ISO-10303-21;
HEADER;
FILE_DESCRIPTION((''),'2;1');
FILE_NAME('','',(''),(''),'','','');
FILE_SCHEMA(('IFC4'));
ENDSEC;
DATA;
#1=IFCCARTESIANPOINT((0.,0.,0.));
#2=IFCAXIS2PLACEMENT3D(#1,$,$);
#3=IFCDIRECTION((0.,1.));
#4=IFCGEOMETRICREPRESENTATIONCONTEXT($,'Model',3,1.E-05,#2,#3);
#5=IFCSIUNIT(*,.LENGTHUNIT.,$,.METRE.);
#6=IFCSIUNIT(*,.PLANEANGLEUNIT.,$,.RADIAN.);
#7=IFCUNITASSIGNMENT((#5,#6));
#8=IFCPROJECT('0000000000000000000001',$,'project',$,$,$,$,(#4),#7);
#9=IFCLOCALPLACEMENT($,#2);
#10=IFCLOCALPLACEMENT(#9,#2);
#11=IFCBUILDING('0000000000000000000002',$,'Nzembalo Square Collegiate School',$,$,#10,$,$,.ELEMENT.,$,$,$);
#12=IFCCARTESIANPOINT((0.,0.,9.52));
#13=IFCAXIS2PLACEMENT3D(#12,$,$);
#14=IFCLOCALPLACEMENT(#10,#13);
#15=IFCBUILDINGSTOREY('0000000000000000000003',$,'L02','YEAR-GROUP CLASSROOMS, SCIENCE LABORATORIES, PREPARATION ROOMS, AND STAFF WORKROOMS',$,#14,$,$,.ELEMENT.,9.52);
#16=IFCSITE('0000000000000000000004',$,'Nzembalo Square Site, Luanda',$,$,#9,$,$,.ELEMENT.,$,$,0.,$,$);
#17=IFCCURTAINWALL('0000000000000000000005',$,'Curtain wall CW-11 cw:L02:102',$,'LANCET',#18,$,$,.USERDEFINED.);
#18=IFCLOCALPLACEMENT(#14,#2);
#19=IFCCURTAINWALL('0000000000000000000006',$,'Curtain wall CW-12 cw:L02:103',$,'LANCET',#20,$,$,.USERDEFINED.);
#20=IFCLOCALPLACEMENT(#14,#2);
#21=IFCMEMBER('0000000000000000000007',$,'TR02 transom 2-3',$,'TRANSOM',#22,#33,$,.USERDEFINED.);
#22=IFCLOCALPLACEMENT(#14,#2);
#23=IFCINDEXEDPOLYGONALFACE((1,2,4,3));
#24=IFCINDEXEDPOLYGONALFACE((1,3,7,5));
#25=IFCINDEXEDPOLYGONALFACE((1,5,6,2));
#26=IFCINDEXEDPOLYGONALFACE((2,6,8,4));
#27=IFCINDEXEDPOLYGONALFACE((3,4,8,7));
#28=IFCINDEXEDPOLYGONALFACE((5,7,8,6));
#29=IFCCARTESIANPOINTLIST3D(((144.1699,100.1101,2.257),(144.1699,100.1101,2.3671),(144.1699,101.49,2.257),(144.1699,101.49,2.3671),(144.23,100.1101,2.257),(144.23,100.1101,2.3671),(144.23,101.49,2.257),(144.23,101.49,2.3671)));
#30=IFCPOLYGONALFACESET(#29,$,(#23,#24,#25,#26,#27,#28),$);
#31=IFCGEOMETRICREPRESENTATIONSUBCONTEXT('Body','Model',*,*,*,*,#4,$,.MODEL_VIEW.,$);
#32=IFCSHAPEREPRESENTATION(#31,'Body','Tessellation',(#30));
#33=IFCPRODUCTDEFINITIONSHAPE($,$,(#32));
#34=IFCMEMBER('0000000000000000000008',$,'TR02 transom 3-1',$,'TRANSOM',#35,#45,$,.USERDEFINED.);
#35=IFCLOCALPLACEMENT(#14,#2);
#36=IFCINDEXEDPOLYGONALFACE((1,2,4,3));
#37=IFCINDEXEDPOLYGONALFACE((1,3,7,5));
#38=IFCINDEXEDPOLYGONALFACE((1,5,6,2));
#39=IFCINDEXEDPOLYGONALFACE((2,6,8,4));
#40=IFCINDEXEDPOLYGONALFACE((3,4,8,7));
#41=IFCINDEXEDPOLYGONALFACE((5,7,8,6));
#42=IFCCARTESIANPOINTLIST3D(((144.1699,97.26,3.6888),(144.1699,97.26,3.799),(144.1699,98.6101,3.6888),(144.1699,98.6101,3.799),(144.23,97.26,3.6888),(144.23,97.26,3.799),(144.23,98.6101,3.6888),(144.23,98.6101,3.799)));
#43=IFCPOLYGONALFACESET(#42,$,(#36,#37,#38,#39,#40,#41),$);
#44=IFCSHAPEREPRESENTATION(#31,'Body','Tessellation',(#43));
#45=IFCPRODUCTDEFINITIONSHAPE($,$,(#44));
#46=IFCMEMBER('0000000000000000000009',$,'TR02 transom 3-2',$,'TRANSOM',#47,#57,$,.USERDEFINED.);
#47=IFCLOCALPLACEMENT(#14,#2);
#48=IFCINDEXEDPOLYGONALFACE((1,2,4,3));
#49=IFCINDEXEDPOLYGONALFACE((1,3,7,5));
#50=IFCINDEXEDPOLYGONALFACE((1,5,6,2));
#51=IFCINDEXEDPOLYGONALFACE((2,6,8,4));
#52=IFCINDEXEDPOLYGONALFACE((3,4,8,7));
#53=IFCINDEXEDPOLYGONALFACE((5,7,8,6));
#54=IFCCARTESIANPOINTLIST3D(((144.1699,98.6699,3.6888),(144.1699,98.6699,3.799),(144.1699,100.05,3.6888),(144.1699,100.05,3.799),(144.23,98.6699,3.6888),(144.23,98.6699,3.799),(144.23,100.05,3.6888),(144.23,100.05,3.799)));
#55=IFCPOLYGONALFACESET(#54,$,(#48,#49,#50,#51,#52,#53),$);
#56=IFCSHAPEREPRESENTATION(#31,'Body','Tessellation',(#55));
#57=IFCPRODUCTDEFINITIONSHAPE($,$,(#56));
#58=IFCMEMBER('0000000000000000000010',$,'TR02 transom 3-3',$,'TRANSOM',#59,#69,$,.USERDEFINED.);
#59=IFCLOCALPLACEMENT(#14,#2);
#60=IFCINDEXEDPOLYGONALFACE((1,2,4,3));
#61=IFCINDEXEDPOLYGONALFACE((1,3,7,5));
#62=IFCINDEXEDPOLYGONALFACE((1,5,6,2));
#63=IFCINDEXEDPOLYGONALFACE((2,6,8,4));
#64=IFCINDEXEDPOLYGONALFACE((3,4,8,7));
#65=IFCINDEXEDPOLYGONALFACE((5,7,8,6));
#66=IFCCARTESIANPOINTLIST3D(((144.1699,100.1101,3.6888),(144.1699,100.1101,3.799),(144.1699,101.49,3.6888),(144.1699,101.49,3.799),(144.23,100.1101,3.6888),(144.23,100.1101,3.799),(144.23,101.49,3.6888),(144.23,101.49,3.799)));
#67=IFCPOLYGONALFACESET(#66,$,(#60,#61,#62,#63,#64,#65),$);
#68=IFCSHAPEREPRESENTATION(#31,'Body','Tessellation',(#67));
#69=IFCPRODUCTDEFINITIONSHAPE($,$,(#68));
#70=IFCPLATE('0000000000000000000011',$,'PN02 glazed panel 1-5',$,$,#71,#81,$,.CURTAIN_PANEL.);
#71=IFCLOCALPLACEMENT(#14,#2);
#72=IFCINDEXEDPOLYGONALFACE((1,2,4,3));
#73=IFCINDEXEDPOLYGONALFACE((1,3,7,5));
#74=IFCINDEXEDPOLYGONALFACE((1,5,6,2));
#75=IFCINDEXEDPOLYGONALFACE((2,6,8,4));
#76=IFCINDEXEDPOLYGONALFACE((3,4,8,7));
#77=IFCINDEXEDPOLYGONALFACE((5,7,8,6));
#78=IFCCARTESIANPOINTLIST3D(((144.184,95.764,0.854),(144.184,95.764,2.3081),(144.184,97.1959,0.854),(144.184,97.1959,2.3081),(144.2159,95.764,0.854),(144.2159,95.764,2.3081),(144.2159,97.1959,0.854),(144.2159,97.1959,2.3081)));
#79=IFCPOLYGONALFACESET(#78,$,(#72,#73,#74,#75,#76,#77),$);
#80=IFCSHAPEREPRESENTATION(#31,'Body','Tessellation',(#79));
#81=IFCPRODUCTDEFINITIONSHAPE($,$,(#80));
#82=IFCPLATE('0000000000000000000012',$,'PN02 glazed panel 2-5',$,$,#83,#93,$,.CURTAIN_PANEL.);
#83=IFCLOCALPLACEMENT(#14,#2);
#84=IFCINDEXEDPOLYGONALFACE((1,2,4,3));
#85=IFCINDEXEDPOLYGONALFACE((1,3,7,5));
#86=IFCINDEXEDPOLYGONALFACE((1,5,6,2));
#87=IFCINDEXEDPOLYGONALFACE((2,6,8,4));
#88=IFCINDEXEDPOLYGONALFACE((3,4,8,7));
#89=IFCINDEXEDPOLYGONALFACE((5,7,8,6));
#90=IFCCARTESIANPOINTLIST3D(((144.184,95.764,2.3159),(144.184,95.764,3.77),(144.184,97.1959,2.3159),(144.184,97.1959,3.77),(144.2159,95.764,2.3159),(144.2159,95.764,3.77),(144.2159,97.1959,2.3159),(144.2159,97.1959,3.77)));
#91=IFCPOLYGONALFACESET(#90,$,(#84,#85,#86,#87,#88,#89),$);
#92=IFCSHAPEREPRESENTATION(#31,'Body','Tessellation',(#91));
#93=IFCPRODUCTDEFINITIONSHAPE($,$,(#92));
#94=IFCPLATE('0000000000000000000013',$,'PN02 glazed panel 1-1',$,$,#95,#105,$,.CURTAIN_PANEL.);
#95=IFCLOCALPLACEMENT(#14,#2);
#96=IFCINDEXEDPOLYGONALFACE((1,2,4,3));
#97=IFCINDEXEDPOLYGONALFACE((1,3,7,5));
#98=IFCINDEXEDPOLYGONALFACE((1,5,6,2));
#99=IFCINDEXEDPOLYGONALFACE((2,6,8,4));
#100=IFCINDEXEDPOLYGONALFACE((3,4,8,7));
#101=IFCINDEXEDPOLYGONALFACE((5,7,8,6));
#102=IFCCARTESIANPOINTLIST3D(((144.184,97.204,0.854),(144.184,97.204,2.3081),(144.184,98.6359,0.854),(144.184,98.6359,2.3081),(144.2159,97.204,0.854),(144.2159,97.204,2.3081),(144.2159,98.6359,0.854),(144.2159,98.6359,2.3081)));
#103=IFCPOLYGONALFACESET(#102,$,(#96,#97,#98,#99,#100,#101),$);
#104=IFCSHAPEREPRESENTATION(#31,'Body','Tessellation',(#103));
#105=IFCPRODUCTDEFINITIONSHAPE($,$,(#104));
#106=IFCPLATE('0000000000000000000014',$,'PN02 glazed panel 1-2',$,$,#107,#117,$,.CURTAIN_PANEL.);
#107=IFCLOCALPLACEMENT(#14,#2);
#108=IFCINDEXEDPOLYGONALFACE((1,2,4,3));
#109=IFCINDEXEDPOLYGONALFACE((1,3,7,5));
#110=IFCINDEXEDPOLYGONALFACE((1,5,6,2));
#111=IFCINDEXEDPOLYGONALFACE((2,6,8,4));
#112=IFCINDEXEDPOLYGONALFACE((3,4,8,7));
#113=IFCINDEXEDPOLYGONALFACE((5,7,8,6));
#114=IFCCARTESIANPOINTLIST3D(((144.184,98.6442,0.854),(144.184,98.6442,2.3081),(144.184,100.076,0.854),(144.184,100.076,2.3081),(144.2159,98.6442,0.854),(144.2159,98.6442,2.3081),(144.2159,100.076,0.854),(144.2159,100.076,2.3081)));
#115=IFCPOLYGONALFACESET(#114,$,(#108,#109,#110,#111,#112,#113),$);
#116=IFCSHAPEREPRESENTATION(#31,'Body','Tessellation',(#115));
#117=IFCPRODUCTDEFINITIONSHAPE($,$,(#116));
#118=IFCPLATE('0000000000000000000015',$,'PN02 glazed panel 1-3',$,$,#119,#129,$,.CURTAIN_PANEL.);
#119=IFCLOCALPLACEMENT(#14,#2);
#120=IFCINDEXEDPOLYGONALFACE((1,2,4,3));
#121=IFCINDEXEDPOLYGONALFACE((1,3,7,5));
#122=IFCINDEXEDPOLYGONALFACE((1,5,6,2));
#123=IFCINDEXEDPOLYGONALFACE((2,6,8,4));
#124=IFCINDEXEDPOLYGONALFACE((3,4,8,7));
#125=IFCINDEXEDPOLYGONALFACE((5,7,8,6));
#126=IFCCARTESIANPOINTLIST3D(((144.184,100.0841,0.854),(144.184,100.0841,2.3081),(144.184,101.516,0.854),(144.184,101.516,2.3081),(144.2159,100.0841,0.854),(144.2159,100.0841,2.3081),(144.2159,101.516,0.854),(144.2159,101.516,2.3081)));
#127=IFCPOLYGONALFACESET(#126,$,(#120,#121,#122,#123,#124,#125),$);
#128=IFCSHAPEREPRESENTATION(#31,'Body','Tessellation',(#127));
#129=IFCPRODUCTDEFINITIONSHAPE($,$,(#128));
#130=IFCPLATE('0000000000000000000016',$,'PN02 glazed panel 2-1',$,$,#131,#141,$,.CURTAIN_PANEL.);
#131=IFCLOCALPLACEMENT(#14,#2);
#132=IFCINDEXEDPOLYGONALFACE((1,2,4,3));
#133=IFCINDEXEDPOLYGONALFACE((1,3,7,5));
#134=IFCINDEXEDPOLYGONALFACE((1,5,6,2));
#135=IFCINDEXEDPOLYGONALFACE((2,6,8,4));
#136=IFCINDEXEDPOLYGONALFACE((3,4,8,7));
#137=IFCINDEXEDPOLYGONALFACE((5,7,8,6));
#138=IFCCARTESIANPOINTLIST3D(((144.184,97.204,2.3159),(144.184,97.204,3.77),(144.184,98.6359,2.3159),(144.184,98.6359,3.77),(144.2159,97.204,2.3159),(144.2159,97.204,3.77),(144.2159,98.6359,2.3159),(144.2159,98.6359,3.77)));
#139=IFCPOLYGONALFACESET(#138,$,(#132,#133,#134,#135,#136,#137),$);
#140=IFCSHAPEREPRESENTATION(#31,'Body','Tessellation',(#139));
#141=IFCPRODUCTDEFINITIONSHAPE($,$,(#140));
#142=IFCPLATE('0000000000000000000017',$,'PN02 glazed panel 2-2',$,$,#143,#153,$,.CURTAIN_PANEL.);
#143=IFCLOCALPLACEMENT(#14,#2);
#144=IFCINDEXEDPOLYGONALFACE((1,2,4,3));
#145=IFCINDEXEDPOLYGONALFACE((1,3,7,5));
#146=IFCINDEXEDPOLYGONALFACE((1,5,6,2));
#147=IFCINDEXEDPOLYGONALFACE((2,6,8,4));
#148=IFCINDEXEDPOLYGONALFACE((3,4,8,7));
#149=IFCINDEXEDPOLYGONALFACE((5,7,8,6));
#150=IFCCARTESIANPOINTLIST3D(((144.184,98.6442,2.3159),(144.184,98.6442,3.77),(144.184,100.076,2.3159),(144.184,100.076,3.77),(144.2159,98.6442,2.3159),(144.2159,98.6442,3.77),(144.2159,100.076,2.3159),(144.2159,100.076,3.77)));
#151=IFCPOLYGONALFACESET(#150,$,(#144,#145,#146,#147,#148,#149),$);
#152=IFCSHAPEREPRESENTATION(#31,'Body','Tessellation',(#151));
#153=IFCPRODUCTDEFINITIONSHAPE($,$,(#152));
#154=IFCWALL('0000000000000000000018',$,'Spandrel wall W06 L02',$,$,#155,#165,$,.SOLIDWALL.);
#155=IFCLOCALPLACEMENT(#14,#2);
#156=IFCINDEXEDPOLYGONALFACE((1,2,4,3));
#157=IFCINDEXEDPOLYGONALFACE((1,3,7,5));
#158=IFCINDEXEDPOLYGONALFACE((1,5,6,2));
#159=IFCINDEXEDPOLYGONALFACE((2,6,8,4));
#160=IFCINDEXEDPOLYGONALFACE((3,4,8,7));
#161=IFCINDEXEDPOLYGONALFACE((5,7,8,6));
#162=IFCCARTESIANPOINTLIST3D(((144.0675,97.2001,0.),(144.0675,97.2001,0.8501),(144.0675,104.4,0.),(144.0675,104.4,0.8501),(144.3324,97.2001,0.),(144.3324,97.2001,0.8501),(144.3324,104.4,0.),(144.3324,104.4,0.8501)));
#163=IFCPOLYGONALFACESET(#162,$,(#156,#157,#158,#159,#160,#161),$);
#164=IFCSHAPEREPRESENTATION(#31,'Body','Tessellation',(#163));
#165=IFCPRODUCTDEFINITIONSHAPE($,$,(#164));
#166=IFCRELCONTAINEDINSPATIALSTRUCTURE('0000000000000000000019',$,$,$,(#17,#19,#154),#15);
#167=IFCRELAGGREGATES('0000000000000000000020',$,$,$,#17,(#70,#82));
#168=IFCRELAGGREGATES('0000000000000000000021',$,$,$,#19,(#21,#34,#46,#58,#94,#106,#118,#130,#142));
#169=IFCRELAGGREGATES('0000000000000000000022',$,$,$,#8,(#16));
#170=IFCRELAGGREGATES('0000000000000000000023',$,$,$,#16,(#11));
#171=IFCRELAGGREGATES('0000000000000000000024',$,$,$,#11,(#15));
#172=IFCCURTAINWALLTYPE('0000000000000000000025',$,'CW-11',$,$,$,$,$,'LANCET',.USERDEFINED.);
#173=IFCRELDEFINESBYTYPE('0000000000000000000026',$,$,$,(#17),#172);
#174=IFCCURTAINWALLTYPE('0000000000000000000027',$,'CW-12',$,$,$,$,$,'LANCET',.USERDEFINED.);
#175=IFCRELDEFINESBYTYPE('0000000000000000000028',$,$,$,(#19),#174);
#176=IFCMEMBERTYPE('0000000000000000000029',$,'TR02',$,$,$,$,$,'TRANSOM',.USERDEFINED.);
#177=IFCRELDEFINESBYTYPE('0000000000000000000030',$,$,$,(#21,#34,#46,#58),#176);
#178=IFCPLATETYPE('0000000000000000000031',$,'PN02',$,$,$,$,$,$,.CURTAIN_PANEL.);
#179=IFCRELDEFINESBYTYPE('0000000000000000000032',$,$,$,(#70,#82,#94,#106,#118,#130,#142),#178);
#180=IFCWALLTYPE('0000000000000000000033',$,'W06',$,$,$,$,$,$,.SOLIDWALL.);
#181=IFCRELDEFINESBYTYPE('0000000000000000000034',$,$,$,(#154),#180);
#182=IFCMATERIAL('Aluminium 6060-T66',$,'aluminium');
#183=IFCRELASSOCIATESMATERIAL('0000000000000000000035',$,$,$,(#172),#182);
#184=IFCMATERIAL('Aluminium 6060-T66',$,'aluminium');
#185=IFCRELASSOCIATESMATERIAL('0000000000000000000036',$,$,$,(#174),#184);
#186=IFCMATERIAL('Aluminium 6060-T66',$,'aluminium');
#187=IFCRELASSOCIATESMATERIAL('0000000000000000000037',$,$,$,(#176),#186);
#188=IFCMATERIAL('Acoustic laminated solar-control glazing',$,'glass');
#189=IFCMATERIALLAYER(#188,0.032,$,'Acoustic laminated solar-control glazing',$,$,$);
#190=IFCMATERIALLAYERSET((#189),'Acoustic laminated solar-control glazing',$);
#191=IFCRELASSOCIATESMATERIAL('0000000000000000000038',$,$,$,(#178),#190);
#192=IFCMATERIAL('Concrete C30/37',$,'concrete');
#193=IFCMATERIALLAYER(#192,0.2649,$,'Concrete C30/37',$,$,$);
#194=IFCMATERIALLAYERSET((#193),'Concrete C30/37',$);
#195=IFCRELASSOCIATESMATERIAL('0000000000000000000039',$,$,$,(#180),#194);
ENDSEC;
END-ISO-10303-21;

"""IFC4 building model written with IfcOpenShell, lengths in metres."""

from ifc_helpers import new_model, si_unit, direction, frame, frame_2d, origin, origin_2d, place, context, subcontext, project, spatial, rectangle, extrude, material, layer, layer_set, material_profile, profile_set, type_object, element, aggregate, save


model = new_model("IFC4")

# Units and contexts
model_context = context("Model", 3, precision=1e-05, world=origin(), true_north=direction((0.0, 1.0)))
body_context = subcontext(model_context, "Body", "Model", "MODEL_VIEW")
ifc_project = project(units=[si_unit("LENGTHUNIT", "METRE"), si_unit("PLANEANGLEUNIT", "RADIAN")], contexts=[model_context])

# Site, building, storey
site_placement = place(None, origin())
site = spatial("IfcSite", under=ifc_project, at=site_placement, Name="Nzembalo Square Site, Luanda", CompositionType="ELEMENT", RefElevation=0.0)
building_placement = place(site_placement, origin())
building = spatial("IfcBuilding", under=site, at=building_placement, Name="Nzembalo Square Collegiate School", CompositionType="ELEMENT")
storey_placement = place(building_placement, frame((0.0, 0.0, 9.52)))
storey = spatial("IfcBuildingStorey", under=building, at=storey_placement, Name="L02", Description="YEAR-GROUP CLASSROOMS, SCIENCE LABORATORIES, PREPARATION ROOMS, AND STAFF WORKROOMS", CompositionType="ELEMENT", Elevation=9.52)

# Curtain wall
ifc_material_1 = material(Name="Aluminium 6060-T66", Category="aluminium")
curtain_wall_type_1 = type_object("IfcCurtainWallType", Name="CW-11", ElementType="LANCET", PredefinedType="USERDEFINED", material=ifc_material_1)
curtain_wall_1_placement = place(storey_placement, origin())
curtain_wall_1 = element("IfcCurtainWall", 1, at=curtain_wall_1_placement, inside=storey, type_object=curtain_wall_type_1, Name="Curtain wall CW-11 cw:L02:102", ObjectType="LANCET", PredefinedType="USERDEFINED")

# Curtain wall
ifc_material_2 = material(Name="Aluminium 6060-T66", Category="aluminium")
curtain_wall_type_2 = type_object("IfcCurtainWallType", Name="CW-12", ElementType="LANCET", PredefinedType="USERDEFINED", material=ifc_material_2)
curtain_wall_2_placement = place(storey_placement, origin())
curtain_wall_2 = element("IfcCurtainWall", 2, at=curtain_wall_2_placement, inside=storey, type_object=curtain_wall_type_2, Name="Curtain wall CW-12 cw:L02:103", ObjectType="LANCET", PredefinedType="USERDEFINED")

# Members
ifc_material_3 = material(Name="Aluminium 6060-T66", Category="aluminium")
ifc_material_profile_1 = material_profile(ifc_material_3, rectangle(XDim=0.0601, YDim=0.1101, at=origin_2d()), Name="ALU T60x110")
ifc_profile_set_1 = profile_set([ifc_material_profile_1], Name="Aluminium 6060-T66")
member_type_1 = type_object("IfcMemberType", Name="TR02", ElementType="TRANSOM", PredefinedType="USERDEFINED", material=ifc_profile_set_1)
member_1_placement = place(storey_placement, frame((144.2, 100.1101, 2.312), z_axis=(0.0, 1.0, 0.0), x_axis=(-1.0, 0.0, 0.0)))
member_1 = element("IfcMember", 3, at=member_1_placement, type_object=member_type_1, Name="TR02 transom 2-3", ObjectType="TRANSOM", PredefinedType="USERDEFINED", context=body_context, shape_type="SweptSolid", body=[
    extrude(rectangle(XDim=0.0601, YDim=0.1101, at=origin_2d()), origin(), (0.0, 0.0, 1.0), 1.3799),
])
member_2_placement = place(storey_placement, frame((144.2, 97.26, 3.7439), z_axis=(0.0, 1.0, 0.0), x_axis=(-1.0, 0.0, 0.0)))
member_2 = element("IfcMember", 4, at=member_2_placement, type_object=member_type_1, Name="TR02 transom 3-1", ObjectType="TRANSOM", PredefinedType="USERDEFINED", context=body_context, shape_type="SweptSolid", body=[
    extrude(rectangle(XDim=0.0601, YDim=0.1101, at=origin_2d()), origin(), (0.0, 0.0, 1.0), 1.3501),
])
member_3_placement = place(storey_placement, frame((144.2, 98.6699, 3.7439), z_axis=(0.0, 1.0, 0.0), x_axis=(-1.0, 0.0, 0.0)))
member_3 = element("IfcMember", 5, at=member_3_placement, type_object=member_type_1, Name="TR02 transom 3-2", ObjectType="TRANSOM", PredefinedType="USERDEFINED", context=body_context, shape_type="SweptSolid", body=[
    extrude(rectangle(XDim=0.0601, YDim=0.1101, at=origin_2d()), origin(), (0.0, 0.0, 1.0), 1.3801),
])
member_4_placement = place(storey_placement, frame((144.2, 100.1101, 3.7439), z_axis=(0.0, 1.0, 0.0), x_axis=(-1.0, 0.0, 0.0)))
member_4 = element("IfcMember", 6, at=member_4_placement, type_object=member_type_1, Name="TR02 transom 3-3", ObjectType="TRANSOM", PredefinedType="USERDEFINED", context=body_context, shape_type="SweptSolid", body=[
    extrude(rectangle(XDim=0.0601, YDim=0.1101, at=origin_2d()), origin(), (0.0, 0.0, 1.0), 1.3799),
])

# Plates
ifc_material_4 = material(Name="Acoustic laminated solar-control glazing", Category="glass")
ifc_layer_1 = layer(ifc_material_4, 0.032, Name="Acoustic laminated solar-control glazing")
ifc_layer_set_1 = layer_set([ifc_layer_1], Name="Acoustic laminated solar-control glazing")
plate_type = type_object("IfcPlateType", Name="PN02", PredefinedType="CURTAIN_PANEL", material=ifc_layer_set_1)
plate_1_placement = place(storey_placement, frame((144.2, 96.48, 0.854), z_axis=(0.0, 0.0, 1.0), x_axis=(0.0, 1.0, 0.0)))
plate_1 = element("IfcPlate", 7, at=plate_1_placement, type_object=plate_type, Name="PN02 glazed panel 1-5", PredefinedType="CURTAIN_PANEL", context=body_context, shape_type="SweptSolid", body=[
    extrude(rectangle(XDim=1.4319, YDim=0.032, at=origin_2d()), origin(), (0.0, 0.0, 1.0), 1.4541),
])
plate_2_placement = place(storey_placement, frame((144.2, 96.48, 2.3159), z_axis=(0.0, 0.0, 1.0), x_axis=(0.0, 1.0, 0.0)))
plate_2 = element("IfcPlate", 8, at=plate_2_placement, type_object=plate_type, Name="PN02 glazed panel 2-5", PredefinedType="CURTAIN_PANEL", context=body_context, shape_type="SweptSolid", body=[
    extrude(rectangle(XDim=1.4319, YDim=0.032, at=origin_2d()), origin(), (0.0, 0.0, 1.0), 1.4541),
])
aggregate(curtain_wall_1, [plate_1, plate_2])
plate_3_placement = place(storey_placement, frame((144.2, 97.9199, 0.854), z_axis=(0.0, 0.0, 1.0), x_axis=(0.0, 1.0, 0.0)))
plate_3 = element("IfcPlate", 9, at=plate_3_placement, type_object=plate_type, Name="PN02 glazed panel 1-1", PredefinedType="CURTAIN_PANEL", context=body_context, shape_type="SweptSolid", body=[
    extrude(rectangle(XDim=1.4319, YDim=0.032, at=origin_2d()), origin(), (0.0, 0.0, 1.0), 1.4541),
])
plate_4_placement = place(storey_placement, frame((144.2, 99.3601, 0.854), z_axis=(0.0, 0.0, 1.0), x_axis=(0.0, 1.0, 0.0)))
plate_4 = element("IfcPlate", 10, at=plate_4_placement, type_object=plate_type, Name="PN02 glazed panel 1-2", PredefinedType="CURTAIN_PANEL", context=body_context, shape_type="SweptSolid", body=[
    extrude(rectangle(XDim=1.4319, YDim=0.032, at=origin_2d()), origin(), (0.0, 0.0, 1.0), 1.4541),
])
plate_5_placement = place(storey_placement, frame((144.2, 100.8, 0.854), z_axis=(0.0, 0.0, 1.0), x_axis=(0.0, 1.0, 0.0)))
plate_5 = element("IfcPlate", 11, at=plate_5_placement, type_object=plate_type, Name="PN02 glazed panel 1-3", PredefinedType="CURTAIN_PANEL", context=body_context, shape_type="SweptSolid", body=[
    extrude(rectangle(XDim=1.4319, YDim=0.032, at=origin_2d()), origin(), (0.0, 0.0, 1.0), 1.4541),
])
plate_6_placement = place(storey_placement, frame((144.2, 97.9199, 2.3159), z_axis=(0.0, 0.0, 1.0), x_axis=(0.0, 1.0, 0.0)))
plate_6 = element("IfcPlate", 12, at=plate_6_placement, type_object=plate_type, Name="PN02 glazed panel 2-1", PredefinedType="CURTAIN_PANEL", context=body_context, shape_type="SweptSolid", body=[
    extrude(rectangle(XDim=1.4319, YDim=0.032, at=origin_2d()), origin(), (0.0, 0.0, 1.0), 1.4541),
])
plate_7_placement = place(storey_placement, frame((144.2, 99.3601, 2.3159), z_axis=(0.0, 0.0, 1.0), x_axis=(0.0, 1.0, 0.0)))
plate_7 = element("IfcPlate", 13, at=plate_7_placement, type_object=plate_type, Name="PN02 glazed panel 2-2", PredefinedType="CURTAIN_PANEL", context=body_context, shape_type="SweptSolid", body=[
    extrude(rectangle(XDim=1.4319, YDim=0.032, at=origin_2d()), origin(), (0.0, 0.0, 1.0), 1.4541),
])
aggregate(curtain_wall_2, [member_1, member_2, member_3, member_4, plate_3, plate_4, plate_5, plate_6, plate_7])

# Wall
ifc_material_5 = material(Name="Concrete C30/37", Category="concrete")
ifc_layer_2 = layer(ifc_material_5, 0.2649, Name="Concrete C30/37")
ifc_layer_set_2 = layer_set([ifc_layer_2], Name="Concrete C30/37")
wall_type = type_object("IfcWallType", Name="W06", PredefinedType="SOLIDWALL", material=ifc_layer_set_2)
wall_placement = place(storey_placement, frame((144.2, 97.2, 0.0), z_axis=(0.0, 0.0, 1.0), x_axis=(0.0, 1.0, 0.0)))
element("IfcWall", 14, at=wall_placement, inside=storey, type_object=wall_type, Name="Spandrel wall W06 L02", PredefinedType="SOLIDWALL", context=body_context, shape_type="SweptSolid", body=[
    extrude(rectangle(XDim=7.2, YDim=0.2649, at=frame_2d((3.6001, 0.0))), origin(), (0.0, 0.0, 1.0), 0.8501),
])

save(model, "model.ifc")
